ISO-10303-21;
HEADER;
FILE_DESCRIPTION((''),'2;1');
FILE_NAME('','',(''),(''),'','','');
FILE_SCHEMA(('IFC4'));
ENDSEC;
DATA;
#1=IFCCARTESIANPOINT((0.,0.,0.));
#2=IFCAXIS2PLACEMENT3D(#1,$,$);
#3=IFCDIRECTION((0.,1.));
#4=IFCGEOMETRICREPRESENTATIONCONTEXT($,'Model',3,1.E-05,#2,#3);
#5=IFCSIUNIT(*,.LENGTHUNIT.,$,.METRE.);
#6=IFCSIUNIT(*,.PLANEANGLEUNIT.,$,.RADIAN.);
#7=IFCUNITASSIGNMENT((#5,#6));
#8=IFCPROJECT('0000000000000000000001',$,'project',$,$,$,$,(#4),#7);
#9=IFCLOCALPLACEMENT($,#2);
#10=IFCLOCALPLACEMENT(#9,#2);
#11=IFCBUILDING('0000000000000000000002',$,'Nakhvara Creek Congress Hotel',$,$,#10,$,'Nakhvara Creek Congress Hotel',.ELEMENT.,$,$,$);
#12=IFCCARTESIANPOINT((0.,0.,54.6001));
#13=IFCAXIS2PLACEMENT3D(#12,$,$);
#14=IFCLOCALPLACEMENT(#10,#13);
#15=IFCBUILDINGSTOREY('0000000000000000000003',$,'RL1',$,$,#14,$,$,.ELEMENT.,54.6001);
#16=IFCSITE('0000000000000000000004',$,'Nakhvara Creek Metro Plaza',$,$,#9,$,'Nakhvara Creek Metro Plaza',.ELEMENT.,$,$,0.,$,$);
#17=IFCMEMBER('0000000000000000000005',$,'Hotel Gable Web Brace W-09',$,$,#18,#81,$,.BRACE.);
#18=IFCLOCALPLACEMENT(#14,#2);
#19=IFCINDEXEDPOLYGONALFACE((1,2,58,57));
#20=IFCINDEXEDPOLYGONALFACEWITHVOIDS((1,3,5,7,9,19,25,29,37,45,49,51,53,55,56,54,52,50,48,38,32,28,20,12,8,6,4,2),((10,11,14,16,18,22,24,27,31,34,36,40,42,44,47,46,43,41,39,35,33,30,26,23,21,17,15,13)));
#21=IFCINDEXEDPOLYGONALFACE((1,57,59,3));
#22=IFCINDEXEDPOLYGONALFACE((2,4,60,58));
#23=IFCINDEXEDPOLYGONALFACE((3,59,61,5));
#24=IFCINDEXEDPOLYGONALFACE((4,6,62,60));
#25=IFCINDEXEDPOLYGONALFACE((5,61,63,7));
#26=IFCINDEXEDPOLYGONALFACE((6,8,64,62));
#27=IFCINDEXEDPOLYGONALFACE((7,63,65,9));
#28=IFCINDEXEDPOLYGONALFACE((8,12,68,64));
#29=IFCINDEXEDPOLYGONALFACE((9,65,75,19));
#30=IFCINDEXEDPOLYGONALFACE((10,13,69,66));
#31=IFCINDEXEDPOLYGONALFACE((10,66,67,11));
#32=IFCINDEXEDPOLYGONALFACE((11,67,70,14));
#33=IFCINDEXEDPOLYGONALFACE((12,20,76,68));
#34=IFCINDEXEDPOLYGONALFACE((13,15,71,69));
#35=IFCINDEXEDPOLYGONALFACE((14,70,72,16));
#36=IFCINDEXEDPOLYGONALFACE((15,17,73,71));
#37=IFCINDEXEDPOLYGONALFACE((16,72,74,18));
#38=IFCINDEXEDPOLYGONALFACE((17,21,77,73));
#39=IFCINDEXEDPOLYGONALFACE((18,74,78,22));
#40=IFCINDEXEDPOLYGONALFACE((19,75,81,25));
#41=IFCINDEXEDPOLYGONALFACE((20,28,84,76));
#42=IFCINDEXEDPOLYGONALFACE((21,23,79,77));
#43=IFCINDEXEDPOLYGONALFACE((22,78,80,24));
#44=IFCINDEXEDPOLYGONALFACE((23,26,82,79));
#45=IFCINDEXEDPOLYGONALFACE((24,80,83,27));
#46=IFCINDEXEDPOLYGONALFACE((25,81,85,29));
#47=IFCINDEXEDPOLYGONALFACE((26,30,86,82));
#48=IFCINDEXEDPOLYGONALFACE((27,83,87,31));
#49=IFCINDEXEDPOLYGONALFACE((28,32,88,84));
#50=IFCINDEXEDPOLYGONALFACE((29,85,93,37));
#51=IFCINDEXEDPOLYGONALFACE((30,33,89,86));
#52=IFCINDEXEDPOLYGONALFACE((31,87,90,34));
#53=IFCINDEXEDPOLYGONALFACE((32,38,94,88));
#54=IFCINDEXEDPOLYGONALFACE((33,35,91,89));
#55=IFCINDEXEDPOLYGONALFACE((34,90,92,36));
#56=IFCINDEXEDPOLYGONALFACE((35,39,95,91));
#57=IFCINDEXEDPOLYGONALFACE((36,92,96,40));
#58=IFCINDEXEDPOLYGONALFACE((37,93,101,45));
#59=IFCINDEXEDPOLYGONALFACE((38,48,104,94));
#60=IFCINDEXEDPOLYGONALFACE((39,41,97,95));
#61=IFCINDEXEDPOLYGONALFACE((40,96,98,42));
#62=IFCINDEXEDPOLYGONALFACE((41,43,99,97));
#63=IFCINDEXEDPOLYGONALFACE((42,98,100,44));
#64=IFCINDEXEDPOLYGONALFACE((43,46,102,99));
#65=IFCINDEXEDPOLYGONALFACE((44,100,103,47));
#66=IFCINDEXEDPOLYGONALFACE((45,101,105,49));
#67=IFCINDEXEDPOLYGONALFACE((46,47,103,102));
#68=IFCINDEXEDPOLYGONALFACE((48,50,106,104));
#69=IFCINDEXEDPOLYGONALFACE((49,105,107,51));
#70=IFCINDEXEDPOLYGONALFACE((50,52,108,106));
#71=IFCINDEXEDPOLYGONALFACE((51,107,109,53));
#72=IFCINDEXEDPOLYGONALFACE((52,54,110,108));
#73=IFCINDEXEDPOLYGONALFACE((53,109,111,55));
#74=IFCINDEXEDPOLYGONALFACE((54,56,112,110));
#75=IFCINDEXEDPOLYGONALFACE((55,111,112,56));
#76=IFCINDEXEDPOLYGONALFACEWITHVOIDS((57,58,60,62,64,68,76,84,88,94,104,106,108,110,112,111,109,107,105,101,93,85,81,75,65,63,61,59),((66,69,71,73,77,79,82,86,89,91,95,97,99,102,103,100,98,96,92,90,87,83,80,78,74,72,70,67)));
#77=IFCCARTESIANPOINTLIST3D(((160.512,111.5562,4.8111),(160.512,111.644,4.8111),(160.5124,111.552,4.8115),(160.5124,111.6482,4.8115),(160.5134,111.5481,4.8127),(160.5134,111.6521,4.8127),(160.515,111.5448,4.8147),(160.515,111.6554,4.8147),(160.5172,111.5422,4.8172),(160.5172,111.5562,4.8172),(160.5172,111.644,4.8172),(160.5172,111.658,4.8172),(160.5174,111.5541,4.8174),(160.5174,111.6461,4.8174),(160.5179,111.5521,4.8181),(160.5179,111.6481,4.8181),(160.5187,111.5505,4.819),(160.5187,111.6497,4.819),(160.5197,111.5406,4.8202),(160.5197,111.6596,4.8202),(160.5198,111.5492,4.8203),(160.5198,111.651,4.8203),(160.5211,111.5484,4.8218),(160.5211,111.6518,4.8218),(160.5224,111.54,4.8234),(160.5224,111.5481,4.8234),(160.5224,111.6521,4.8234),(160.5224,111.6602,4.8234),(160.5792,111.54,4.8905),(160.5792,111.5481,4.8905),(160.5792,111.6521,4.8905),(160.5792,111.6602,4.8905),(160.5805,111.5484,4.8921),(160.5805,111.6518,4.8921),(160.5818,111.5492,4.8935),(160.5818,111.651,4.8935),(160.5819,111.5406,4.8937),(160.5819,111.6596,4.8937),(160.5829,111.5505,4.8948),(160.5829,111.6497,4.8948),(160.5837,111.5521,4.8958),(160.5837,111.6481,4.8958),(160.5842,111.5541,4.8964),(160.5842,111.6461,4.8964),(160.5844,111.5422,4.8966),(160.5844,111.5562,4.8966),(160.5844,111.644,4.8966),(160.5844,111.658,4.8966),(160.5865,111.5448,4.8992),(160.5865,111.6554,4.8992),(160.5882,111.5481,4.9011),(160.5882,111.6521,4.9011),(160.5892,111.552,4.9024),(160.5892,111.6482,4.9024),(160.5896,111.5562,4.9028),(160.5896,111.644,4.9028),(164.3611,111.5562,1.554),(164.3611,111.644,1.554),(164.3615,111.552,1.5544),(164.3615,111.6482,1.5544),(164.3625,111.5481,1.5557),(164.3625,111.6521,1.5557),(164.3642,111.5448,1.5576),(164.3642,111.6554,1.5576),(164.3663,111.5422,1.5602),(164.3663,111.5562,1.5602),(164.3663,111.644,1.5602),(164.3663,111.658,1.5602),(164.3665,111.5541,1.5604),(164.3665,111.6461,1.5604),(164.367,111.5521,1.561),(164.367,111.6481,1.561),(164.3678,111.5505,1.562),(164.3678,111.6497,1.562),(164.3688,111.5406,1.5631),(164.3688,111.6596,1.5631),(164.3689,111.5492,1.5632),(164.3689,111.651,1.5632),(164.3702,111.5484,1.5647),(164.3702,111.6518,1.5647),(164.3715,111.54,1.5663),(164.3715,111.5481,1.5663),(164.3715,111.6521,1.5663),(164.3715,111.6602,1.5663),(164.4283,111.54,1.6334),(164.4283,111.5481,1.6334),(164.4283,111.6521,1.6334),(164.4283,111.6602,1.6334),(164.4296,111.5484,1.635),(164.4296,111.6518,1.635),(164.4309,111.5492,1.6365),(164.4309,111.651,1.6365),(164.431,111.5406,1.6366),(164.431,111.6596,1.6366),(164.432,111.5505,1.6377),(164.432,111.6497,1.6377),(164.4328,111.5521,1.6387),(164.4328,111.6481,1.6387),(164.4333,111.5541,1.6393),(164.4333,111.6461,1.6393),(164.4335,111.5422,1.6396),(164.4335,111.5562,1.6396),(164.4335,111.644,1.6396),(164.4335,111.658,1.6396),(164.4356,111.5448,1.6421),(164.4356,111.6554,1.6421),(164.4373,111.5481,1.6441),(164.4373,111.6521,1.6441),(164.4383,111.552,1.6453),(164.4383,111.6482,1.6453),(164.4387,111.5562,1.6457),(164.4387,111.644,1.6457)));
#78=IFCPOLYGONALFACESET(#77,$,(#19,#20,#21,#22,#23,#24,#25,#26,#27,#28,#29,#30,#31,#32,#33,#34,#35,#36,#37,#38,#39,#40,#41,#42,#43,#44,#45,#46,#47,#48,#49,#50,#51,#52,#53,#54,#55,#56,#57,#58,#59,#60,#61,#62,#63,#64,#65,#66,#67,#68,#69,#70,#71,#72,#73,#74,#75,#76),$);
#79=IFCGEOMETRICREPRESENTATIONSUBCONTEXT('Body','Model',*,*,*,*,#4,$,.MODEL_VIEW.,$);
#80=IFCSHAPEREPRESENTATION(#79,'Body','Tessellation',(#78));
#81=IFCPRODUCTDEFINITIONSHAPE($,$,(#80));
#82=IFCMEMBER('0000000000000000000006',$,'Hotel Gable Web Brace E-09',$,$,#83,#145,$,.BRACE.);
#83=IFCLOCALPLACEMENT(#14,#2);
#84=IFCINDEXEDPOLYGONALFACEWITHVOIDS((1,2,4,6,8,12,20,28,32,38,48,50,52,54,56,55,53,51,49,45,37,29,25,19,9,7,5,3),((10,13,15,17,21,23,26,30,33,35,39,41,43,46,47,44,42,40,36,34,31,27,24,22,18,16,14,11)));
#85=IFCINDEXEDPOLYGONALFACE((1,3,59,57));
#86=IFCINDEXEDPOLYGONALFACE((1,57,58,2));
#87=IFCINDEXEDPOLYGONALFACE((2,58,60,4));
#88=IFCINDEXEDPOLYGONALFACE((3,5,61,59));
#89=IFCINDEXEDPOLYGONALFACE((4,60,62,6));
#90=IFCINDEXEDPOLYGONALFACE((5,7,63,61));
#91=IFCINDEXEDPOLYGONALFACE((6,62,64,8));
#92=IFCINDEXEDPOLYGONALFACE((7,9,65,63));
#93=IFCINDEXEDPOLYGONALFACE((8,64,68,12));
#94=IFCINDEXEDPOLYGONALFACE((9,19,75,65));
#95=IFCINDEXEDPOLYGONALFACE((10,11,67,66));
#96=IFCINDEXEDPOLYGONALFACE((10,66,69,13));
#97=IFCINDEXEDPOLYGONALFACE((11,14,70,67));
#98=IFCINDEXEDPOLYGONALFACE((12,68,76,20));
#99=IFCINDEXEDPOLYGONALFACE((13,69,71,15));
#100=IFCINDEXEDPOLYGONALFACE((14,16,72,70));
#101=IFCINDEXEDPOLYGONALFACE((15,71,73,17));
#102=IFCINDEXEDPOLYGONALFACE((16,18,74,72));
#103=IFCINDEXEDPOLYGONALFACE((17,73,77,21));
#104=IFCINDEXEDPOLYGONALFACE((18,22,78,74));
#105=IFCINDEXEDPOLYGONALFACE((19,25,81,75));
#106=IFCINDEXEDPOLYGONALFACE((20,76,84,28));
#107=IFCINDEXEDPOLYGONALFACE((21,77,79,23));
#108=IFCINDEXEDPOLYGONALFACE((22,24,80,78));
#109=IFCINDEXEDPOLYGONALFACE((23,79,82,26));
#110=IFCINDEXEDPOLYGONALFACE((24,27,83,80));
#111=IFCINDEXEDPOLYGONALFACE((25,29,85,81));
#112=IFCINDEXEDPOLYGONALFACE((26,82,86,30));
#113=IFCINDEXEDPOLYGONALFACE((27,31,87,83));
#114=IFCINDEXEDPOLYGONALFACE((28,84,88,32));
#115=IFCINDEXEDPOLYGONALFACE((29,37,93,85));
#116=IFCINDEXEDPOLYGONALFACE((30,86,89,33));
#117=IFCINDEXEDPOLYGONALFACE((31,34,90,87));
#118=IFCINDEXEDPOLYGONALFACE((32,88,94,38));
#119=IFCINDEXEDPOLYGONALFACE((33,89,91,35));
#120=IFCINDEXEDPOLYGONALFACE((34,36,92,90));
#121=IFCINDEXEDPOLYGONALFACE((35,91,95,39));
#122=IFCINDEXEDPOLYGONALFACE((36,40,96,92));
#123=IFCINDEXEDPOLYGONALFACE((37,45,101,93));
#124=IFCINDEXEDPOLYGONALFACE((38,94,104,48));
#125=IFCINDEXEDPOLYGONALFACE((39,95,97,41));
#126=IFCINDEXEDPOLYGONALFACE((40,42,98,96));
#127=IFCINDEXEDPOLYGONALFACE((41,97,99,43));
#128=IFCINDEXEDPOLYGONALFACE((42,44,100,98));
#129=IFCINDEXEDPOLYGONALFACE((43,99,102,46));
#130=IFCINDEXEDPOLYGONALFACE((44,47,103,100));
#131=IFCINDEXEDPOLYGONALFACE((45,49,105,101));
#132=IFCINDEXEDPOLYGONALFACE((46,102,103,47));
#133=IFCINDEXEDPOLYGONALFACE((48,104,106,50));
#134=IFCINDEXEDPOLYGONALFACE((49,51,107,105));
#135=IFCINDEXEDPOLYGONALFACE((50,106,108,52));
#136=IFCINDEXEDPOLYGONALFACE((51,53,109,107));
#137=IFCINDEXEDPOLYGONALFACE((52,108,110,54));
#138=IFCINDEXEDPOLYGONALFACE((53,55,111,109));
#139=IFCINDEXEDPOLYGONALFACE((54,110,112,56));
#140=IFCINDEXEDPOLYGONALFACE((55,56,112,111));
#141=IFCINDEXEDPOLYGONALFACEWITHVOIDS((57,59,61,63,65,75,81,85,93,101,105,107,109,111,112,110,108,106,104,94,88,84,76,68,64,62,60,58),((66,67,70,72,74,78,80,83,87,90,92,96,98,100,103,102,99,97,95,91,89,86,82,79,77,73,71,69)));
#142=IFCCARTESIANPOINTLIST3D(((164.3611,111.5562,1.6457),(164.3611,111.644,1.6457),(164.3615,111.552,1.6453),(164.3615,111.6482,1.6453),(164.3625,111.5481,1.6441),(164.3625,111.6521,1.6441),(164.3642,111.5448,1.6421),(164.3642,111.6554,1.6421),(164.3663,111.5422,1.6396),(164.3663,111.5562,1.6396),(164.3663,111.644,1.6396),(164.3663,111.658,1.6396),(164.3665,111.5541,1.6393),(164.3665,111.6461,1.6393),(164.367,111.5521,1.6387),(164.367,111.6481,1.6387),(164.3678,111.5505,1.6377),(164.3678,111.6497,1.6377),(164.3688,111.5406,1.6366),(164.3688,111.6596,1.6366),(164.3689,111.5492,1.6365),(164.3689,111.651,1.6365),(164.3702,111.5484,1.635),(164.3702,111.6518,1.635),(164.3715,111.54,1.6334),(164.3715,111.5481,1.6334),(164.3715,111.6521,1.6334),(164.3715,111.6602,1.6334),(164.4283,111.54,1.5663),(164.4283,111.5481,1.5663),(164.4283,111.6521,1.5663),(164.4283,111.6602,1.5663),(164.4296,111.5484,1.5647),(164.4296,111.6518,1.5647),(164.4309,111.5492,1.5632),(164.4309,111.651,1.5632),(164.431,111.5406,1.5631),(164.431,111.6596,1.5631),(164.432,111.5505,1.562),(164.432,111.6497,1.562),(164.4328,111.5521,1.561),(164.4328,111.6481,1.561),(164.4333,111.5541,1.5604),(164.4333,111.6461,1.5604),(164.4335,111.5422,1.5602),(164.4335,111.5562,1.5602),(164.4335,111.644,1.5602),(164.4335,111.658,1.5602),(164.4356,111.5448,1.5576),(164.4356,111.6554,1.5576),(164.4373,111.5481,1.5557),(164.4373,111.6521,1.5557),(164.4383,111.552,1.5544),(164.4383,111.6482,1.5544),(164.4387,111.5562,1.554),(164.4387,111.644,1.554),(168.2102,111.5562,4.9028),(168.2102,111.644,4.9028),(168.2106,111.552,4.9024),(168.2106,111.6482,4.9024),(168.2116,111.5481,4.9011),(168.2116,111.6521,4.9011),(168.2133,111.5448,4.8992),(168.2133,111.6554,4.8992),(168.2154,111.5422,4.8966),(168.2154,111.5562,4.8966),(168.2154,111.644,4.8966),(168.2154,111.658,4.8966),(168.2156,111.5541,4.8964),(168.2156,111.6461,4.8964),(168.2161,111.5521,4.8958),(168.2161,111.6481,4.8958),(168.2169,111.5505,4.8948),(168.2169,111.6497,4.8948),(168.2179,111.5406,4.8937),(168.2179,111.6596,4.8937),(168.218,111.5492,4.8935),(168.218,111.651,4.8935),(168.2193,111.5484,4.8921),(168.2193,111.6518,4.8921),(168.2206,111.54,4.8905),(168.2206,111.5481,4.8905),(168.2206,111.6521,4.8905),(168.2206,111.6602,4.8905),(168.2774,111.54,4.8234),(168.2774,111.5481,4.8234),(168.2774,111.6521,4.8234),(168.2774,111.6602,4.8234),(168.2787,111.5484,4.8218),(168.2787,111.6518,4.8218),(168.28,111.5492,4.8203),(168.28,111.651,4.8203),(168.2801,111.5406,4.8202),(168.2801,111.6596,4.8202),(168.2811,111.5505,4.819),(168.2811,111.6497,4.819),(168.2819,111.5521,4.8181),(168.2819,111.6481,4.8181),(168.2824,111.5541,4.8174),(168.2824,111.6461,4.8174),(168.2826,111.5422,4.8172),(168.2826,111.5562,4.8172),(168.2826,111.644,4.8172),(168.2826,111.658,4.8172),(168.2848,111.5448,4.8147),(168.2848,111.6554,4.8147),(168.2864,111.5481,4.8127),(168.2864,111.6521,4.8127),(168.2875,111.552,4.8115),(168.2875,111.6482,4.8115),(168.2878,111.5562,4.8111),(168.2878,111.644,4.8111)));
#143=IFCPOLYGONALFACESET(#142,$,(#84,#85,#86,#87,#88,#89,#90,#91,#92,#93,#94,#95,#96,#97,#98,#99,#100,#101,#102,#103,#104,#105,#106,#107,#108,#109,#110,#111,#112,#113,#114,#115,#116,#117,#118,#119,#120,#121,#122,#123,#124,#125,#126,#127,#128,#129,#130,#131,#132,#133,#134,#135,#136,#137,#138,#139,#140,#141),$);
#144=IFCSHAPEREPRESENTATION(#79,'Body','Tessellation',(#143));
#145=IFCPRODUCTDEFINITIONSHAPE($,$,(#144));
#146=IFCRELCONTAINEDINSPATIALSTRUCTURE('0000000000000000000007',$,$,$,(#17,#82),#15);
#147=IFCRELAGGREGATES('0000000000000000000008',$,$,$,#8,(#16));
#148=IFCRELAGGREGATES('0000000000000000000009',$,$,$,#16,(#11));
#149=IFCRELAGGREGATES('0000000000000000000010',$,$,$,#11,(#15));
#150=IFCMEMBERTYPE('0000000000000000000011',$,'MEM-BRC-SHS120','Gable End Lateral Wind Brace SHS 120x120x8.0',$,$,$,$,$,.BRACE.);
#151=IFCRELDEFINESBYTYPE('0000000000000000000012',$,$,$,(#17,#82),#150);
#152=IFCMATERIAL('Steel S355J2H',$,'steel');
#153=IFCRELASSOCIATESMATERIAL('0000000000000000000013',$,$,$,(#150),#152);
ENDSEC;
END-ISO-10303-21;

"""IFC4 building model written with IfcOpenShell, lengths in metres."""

from ifc_helpers import new_model, si_unit, direction, frame, origin, origin_2d, place, context, subcontext, project, spatial, hollow_rectangle, extrude, material, material_profile, profile_set, type_object, element, save


model = new_model("IFC4")

# Units and contexts
model_context = context("Model", 3, precision=1e-05, world=origin(), true_north=direction((0.0, 1.0)))
body_context = subcontext(model_context, "Body", "Model", "MODEL_VIEW")
ifc_project = project(units=[si_unit("LENGTHUNIT", "METRE"), si_unit("PLANEANGLEUNIT", "RADIAN")], contexts=[model_context])

# Site, building, storey
site_placement = place(None, origin())
site = spatial("IfcSite", under=ifc_project, at=site_placement, Name="Nakhvara Creek Metro Plaza", LongName="Nakhvara Creek Metro Plaza", CompositionType="ELEMENT", RefElevation=0.0)
building_placement = place(site_placement, origin())
building = spatial("IfcBuilding", under=site, at=building_placement, Name="Nakhvara Creek Congress Hotel", LongName="Nakhvara Creek Congress Hotel", CompositionType="ELEMENT")
storey_placement = place(building_placement, frame((0.0, 0.0, 54.6001)))
storey = spatial("IfcBuildingStorey", under=building, at=storey_placement, Name="RL1", CompositionType="ELEMENT", Elevation=54.6001)

# Members
ifc_material_1 = material(Name="Steel S355J2H", Category="steel")
ifc_material_profile_1 = material_profile(ifc_material_1, hollow_rectangle(XDim=0.1201, YDim=0.1201, WallThickness=0.0081, InnerFilletRadius=0.0081, OuterFilletRadius=0.0161, at=origin_2d()), Name="SHS 120x120x8.0", Category="LoadBearing")
ifc_profile_set_1 = profile_set([ifc_material_profile_1], Name="Steel S355J2H")
member_type_1 = type_object("IfcMemberType", Name="MEM-BRC-SHS120", Description="Gable End Lateral Wind Brace SHS 120x120x8.0", PredefinedType="BRACE", material=ifc_profile_set_1)
for number, where, z_axis, x_axis, name in (
    (1, (164.3999, 111.6001, 1.5999), (-0.763373, 0.0, 0.645957), (0.0, -1.0, 0.0), "Hotel Gable Web Brace W-09"),
    (2, (164.3999, 111.6001, 1.5999), (0.763373, 0.0, 0.645957), (0.0, 1.0, 0.0), "Hotel Gable Web Brace E-09"),
):
    element("IfcMember", number, at=place(storey_placement, frame(where, z_axis=z_axis, x_axis=x_axis)), inside=storey, type_object=member_type_1, Name=name, PredefinedType="BRACE", context=body_context, shape_type="SweptSolid", body=[
        extrude(hollow_rectangle(XDim=0.1201, YDim=0.1201, WallThickness=0.0081, InnerFilletRadius=0.0081, OuterFilletRadius=0.0161, at=origin_2d()), origin(), (0.0, 0.0, 1.0), 5.0422),
    ])

save(model, "model.ifc")
